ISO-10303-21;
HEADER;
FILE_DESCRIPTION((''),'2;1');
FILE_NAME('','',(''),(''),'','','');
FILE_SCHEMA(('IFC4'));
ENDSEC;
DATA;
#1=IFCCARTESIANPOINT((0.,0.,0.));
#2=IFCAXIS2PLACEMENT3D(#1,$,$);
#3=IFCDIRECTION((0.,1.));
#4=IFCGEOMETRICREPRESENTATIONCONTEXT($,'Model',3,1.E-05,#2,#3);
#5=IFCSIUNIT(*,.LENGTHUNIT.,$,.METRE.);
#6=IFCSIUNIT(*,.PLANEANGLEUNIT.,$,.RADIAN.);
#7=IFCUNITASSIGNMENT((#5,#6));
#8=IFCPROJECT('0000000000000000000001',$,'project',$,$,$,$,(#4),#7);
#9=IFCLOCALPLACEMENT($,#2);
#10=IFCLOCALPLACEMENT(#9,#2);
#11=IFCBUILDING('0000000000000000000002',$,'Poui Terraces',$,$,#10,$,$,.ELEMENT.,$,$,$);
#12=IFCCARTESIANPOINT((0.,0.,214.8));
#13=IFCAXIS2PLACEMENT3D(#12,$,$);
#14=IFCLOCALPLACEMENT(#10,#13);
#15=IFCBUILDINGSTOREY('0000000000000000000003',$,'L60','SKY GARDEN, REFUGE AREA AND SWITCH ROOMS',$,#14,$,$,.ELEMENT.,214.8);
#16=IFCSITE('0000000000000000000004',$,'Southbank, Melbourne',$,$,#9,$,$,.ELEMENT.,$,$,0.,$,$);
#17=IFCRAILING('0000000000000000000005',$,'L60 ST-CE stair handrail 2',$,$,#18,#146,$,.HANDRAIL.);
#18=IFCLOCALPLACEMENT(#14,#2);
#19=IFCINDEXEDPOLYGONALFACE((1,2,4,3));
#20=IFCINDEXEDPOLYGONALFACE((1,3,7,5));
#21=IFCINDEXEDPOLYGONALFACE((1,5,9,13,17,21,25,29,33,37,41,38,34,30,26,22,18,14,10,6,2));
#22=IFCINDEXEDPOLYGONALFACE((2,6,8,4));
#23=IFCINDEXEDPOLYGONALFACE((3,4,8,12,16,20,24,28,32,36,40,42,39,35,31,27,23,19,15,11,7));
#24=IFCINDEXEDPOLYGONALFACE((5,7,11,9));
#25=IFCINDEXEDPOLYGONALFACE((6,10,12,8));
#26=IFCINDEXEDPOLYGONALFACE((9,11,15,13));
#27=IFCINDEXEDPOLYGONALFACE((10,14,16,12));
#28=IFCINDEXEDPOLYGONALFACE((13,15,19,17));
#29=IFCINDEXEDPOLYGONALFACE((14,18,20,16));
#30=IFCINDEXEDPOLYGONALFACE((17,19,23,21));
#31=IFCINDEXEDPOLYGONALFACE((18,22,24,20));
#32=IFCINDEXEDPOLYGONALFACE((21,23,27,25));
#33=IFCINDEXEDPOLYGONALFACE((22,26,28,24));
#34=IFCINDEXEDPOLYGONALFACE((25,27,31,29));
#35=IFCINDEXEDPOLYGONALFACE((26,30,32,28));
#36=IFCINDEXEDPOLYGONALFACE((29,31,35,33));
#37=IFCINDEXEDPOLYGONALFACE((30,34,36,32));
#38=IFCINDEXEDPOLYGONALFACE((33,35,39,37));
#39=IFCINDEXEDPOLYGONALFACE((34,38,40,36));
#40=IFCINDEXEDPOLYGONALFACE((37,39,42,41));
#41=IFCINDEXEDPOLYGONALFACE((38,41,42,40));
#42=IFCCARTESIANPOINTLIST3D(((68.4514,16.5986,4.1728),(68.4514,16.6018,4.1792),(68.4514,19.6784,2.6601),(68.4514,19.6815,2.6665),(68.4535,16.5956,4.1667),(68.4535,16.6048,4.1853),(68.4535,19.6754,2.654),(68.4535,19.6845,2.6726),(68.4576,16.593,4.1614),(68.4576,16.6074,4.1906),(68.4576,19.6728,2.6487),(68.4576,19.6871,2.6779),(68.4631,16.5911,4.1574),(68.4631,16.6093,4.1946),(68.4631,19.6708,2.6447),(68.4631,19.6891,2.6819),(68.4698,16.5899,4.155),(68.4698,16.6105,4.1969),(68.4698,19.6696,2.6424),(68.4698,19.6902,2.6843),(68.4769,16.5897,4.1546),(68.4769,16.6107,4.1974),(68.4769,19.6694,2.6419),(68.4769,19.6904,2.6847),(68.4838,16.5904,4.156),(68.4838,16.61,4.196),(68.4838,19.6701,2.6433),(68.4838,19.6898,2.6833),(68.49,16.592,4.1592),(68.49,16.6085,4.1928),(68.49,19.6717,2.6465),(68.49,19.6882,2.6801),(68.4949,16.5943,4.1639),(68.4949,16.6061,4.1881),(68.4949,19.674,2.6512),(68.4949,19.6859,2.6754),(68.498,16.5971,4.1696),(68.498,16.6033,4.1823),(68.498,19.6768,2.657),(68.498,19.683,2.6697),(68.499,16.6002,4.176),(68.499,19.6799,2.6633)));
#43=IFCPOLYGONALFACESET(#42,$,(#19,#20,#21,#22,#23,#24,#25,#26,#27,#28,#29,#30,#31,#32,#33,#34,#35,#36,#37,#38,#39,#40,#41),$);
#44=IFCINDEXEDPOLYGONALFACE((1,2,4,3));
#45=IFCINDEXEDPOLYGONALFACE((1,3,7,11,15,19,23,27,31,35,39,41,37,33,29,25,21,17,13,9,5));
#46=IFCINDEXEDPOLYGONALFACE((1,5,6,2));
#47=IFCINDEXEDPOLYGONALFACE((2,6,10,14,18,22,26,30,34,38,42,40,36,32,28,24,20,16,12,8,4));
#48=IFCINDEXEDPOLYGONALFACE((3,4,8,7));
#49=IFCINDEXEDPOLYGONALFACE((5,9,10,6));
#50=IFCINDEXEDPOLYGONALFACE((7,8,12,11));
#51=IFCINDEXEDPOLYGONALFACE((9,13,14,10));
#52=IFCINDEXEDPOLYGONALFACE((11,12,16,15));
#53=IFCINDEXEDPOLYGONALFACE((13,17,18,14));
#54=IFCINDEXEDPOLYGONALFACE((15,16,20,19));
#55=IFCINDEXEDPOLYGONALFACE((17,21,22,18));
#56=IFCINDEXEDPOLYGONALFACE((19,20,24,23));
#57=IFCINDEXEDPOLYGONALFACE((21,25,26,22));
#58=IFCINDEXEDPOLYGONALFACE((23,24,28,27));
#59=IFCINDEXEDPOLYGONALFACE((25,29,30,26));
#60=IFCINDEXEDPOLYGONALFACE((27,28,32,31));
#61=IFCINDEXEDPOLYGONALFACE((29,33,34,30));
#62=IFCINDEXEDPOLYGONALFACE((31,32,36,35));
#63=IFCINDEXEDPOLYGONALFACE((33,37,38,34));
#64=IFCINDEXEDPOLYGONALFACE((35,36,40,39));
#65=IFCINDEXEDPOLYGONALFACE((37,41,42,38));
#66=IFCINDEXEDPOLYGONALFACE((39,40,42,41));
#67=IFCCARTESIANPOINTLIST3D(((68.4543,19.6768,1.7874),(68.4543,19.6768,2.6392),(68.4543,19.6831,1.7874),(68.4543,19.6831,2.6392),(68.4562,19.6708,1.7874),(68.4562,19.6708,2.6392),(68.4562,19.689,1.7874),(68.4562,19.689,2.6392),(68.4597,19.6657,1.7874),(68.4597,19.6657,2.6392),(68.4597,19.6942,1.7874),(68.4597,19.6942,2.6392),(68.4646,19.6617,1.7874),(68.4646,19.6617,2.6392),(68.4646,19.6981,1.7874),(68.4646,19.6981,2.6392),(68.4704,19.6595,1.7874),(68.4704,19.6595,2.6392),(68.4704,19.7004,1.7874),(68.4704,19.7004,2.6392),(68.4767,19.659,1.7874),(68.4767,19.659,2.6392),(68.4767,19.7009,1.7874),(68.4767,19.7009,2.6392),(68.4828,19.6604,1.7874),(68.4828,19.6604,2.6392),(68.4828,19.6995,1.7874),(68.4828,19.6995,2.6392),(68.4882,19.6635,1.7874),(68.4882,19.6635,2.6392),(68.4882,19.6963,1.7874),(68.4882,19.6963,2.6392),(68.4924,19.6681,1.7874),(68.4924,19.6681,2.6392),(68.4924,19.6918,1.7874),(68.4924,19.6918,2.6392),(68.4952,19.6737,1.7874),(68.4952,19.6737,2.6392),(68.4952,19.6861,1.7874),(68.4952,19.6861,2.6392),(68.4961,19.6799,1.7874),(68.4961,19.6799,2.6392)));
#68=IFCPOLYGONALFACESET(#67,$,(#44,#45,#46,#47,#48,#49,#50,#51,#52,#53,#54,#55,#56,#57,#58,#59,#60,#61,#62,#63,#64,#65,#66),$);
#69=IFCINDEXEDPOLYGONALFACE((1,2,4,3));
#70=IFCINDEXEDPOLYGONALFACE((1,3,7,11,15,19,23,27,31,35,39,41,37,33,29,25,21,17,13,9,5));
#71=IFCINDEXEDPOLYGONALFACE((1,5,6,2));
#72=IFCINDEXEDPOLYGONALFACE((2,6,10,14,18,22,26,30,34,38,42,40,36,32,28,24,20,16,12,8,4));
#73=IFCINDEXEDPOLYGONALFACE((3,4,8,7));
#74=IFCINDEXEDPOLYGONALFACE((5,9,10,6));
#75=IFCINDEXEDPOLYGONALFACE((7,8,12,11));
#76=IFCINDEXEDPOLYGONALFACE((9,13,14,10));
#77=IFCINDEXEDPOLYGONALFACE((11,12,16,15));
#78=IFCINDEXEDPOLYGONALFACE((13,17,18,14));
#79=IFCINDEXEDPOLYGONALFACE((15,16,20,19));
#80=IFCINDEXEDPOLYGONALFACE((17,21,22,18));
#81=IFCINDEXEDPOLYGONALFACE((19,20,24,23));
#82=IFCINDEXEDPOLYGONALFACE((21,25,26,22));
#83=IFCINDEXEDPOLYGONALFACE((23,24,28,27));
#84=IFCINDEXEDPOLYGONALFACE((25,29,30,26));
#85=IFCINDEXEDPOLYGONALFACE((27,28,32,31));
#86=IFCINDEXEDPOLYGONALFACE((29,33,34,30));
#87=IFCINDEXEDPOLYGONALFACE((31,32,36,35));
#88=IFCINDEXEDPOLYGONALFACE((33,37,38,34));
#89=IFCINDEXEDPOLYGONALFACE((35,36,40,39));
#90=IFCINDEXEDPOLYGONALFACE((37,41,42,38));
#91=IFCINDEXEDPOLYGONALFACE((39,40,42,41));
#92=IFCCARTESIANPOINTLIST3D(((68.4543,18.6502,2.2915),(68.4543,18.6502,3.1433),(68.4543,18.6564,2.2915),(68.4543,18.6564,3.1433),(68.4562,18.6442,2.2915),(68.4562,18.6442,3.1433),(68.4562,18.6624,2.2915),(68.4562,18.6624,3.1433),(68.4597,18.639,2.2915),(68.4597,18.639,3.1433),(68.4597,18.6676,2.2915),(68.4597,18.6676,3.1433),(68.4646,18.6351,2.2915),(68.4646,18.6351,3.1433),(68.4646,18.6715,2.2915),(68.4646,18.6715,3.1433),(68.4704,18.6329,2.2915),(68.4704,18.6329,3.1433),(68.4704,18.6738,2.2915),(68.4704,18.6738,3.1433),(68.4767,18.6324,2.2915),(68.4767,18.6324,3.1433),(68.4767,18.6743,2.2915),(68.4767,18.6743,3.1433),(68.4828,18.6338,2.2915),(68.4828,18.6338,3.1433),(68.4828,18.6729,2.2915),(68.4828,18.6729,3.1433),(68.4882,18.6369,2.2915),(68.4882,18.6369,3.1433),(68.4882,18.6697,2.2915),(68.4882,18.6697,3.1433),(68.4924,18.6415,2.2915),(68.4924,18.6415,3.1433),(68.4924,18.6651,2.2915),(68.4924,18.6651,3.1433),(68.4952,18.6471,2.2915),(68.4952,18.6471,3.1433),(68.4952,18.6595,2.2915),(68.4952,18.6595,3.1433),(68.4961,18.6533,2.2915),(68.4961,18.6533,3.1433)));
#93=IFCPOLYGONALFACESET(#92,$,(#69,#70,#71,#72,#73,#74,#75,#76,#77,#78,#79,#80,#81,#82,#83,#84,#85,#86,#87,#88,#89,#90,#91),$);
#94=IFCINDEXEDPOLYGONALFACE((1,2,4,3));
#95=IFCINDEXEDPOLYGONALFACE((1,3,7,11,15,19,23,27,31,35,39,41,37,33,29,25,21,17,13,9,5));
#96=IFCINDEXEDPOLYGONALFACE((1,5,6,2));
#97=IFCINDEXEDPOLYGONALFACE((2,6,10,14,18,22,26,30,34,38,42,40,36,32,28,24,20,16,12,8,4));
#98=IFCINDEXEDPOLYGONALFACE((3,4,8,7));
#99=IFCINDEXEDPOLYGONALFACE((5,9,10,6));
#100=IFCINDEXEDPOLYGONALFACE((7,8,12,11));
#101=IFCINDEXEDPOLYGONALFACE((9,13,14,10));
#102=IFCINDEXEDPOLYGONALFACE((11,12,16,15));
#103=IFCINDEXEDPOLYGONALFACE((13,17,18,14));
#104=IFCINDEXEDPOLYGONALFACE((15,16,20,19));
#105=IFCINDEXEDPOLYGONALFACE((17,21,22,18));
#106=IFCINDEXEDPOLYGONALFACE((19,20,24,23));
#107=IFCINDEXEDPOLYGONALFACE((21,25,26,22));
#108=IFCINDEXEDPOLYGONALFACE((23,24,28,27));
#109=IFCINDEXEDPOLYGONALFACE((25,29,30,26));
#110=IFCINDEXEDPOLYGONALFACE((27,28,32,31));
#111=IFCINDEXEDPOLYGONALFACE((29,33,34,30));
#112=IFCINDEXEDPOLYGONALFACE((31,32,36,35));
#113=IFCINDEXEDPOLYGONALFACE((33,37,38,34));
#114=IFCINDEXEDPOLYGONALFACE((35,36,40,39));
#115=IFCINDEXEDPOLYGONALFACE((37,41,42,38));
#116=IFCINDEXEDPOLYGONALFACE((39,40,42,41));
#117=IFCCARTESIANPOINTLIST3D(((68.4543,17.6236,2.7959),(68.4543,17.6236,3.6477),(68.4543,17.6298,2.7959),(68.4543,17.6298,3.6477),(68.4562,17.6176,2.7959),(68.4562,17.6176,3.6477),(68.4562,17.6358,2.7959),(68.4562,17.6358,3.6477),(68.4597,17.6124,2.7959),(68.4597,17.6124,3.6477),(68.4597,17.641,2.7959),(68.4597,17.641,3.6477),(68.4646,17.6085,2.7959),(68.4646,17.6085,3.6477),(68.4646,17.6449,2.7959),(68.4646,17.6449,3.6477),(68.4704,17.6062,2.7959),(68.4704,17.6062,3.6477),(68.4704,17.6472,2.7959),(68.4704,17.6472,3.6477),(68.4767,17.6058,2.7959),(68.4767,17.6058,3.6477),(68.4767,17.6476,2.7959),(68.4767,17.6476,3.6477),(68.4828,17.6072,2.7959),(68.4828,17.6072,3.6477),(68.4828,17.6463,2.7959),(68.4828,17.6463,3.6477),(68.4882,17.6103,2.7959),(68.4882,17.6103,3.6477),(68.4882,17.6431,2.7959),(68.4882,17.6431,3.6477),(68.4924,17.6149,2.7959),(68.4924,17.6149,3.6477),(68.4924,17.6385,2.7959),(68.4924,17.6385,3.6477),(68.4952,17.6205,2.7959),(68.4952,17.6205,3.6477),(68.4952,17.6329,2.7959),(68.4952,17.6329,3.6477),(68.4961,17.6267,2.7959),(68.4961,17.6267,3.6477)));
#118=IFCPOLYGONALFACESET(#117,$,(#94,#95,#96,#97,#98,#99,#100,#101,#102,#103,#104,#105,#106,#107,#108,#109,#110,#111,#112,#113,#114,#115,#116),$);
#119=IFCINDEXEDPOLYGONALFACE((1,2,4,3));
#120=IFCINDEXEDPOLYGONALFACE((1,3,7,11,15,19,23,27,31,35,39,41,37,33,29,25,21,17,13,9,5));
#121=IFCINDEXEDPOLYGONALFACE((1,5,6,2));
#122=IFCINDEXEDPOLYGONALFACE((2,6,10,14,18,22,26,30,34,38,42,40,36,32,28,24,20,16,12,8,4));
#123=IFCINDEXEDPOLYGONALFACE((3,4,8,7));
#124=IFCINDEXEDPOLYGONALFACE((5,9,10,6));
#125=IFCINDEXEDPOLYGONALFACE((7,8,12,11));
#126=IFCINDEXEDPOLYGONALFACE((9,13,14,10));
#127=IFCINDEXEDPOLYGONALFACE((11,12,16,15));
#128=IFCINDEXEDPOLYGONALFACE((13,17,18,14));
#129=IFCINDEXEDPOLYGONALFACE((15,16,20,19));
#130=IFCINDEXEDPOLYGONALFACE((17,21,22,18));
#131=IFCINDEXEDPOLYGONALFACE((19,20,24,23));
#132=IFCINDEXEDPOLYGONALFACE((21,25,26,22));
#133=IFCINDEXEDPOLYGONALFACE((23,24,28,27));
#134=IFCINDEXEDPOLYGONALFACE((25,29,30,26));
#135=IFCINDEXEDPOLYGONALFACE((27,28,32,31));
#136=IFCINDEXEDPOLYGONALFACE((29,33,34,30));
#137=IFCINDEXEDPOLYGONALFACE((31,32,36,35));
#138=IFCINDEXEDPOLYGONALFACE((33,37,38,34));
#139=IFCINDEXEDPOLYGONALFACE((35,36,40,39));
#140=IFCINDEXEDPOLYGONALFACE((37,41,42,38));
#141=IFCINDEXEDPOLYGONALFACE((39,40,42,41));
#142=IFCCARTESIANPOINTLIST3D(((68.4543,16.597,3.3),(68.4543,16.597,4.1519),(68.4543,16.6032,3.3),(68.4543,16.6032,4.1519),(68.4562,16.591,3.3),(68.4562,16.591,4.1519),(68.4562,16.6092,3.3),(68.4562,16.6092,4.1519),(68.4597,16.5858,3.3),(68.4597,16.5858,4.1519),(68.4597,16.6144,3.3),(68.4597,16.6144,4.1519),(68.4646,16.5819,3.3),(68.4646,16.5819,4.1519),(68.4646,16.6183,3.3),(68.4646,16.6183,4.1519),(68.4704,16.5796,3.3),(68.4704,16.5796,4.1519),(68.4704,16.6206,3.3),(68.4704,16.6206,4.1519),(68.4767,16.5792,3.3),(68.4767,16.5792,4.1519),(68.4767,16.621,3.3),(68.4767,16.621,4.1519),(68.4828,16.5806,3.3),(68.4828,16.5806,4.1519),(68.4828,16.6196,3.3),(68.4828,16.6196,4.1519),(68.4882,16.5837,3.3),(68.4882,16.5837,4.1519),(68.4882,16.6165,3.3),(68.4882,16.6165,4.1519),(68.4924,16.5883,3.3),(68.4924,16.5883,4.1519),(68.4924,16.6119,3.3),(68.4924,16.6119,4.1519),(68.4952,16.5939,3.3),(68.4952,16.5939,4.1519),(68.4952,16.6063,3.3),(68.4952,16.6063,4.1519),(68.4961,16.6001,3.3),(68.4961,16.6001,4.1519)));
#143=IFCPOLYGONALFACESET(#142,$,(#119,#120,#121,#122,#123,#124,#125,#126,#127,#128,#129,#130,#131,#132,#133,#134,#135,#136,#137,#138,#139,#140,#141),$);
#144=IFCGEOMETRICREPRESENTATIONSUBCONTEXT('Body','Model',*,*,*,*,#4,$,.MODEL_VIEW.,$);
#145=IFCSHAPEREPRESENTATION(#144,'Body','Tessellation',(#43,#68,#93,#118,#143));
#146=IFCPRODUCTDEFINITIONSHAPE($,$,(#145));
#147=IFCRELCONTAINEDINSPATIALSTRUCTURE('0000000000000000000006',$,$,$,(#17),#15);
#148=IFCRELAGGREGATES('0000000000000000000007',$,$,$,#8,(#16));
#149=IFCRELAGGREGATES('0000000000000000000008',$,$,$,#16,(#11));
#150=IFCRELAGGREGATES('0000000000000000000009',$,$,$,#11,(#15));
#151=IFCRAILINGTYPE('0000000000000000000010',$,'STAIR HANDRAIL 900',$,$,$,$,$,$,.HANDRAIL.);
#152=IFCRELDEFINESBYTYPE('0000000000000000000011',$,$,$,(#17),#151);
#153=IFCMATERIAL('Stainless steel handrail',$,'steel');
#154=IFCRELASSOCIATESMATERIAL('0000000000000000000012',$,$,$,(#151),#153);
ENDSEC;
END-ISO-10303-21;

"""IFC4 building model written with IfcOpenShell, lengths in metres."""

from ifc_helpers import new_model, si_unit, direction, frame, origin, origin_2d, place, context, subcontext, project, spatial, circle, extrude, material, type_object, element, save


model = new_model("IFC4")

# Units and contexts
model_context = context("Model", 3, precision=1e-05, world=origin(), true_north=direction((0.0, 1.0)))
body_context = subcontext(model_context, "Body", "Model", "MODEL_VIEW")
ifc_project = project(units=[si_unit("LENGTHUNIT", "METRE"), si_unit("PLANEANGLEUNIT", "RADIAN")], contexts=[model_context])

# Site, building, storey
site_placement = place(None, origin())
site = spatial("IfcSite", under=ifc_project, at=site_placement, Name="Southbank, Melbourne", CompositionType="ELEMENT", RefElevation=0.0)
building_placement = place(site_placement, origin())
building = spatial("IfcBuilding", under=site, at=building_placement, Name="Poui Terraces", CompositionType="ELEMENT")
storey_placement = place(building_placement, frame((0.0, 0.0, 214.8)))
storey = spatial("IfcBuildingStorey", under=building, at=storey_placement, Name="L60", Description="SKY GARDEN, REFUGE AREA AND SWITCH ROOMS", CompositionType="ELEMENT", Elevation=214.8)

# Railing
ifc_material_1 = material(Name="Stainless steel handrail", Category="steel")
railing_type_1 = type_object("IfcRailingType", Name="STAIR HANDRAIL 900", PredefinedType="HANDRAIL", material=ifc_material_1)
railing_1_placement = place(storey_placement, frame((68.4751, 19.6799, 1.7874)))
element("IfcRailing", 1, at=railing_1_placement, inside=storey, type_object=railing_type_1, Name="L60 ST-CE stair handrail 2", PredefinedType="HANDRAIL", context=body_context, shape_type="SweptSolid", body=[
    extrude(circle(Radius=0.0239, at=origin_2d()), frame((0.0, 0.0, 0.876), z_axis=(0.0, -0.897578, 0.440856), x_axis=(1.0, 0.0, 0.0)), (0.0, 0.0, 1.0), 3.4312),
    extrude(circle(Radius=0.021, at=origin_2d()), origin(), (0.0, 0.0, 1.0), 0.8518),
    extrude(circle(Radius=0.021, at=origin_2d()), frame((0.0, -1.0266, 0.5042)), (0.0, 0.0, 1.0), 0.8518),
    extrude(circle(Radius=0.021, at=origin_2d()), frame((0.0, -2.0532, 1.0085)), (0.0, 0.0, 1.0), 0.8518),
    extrude(circle(Radius=0.021, at=origin_2d()), frame((0.0, -3.0798, 1.5127)), (0.0, 0.0, 1.0), 0.8518),
])

save(model, "model.ifc")
